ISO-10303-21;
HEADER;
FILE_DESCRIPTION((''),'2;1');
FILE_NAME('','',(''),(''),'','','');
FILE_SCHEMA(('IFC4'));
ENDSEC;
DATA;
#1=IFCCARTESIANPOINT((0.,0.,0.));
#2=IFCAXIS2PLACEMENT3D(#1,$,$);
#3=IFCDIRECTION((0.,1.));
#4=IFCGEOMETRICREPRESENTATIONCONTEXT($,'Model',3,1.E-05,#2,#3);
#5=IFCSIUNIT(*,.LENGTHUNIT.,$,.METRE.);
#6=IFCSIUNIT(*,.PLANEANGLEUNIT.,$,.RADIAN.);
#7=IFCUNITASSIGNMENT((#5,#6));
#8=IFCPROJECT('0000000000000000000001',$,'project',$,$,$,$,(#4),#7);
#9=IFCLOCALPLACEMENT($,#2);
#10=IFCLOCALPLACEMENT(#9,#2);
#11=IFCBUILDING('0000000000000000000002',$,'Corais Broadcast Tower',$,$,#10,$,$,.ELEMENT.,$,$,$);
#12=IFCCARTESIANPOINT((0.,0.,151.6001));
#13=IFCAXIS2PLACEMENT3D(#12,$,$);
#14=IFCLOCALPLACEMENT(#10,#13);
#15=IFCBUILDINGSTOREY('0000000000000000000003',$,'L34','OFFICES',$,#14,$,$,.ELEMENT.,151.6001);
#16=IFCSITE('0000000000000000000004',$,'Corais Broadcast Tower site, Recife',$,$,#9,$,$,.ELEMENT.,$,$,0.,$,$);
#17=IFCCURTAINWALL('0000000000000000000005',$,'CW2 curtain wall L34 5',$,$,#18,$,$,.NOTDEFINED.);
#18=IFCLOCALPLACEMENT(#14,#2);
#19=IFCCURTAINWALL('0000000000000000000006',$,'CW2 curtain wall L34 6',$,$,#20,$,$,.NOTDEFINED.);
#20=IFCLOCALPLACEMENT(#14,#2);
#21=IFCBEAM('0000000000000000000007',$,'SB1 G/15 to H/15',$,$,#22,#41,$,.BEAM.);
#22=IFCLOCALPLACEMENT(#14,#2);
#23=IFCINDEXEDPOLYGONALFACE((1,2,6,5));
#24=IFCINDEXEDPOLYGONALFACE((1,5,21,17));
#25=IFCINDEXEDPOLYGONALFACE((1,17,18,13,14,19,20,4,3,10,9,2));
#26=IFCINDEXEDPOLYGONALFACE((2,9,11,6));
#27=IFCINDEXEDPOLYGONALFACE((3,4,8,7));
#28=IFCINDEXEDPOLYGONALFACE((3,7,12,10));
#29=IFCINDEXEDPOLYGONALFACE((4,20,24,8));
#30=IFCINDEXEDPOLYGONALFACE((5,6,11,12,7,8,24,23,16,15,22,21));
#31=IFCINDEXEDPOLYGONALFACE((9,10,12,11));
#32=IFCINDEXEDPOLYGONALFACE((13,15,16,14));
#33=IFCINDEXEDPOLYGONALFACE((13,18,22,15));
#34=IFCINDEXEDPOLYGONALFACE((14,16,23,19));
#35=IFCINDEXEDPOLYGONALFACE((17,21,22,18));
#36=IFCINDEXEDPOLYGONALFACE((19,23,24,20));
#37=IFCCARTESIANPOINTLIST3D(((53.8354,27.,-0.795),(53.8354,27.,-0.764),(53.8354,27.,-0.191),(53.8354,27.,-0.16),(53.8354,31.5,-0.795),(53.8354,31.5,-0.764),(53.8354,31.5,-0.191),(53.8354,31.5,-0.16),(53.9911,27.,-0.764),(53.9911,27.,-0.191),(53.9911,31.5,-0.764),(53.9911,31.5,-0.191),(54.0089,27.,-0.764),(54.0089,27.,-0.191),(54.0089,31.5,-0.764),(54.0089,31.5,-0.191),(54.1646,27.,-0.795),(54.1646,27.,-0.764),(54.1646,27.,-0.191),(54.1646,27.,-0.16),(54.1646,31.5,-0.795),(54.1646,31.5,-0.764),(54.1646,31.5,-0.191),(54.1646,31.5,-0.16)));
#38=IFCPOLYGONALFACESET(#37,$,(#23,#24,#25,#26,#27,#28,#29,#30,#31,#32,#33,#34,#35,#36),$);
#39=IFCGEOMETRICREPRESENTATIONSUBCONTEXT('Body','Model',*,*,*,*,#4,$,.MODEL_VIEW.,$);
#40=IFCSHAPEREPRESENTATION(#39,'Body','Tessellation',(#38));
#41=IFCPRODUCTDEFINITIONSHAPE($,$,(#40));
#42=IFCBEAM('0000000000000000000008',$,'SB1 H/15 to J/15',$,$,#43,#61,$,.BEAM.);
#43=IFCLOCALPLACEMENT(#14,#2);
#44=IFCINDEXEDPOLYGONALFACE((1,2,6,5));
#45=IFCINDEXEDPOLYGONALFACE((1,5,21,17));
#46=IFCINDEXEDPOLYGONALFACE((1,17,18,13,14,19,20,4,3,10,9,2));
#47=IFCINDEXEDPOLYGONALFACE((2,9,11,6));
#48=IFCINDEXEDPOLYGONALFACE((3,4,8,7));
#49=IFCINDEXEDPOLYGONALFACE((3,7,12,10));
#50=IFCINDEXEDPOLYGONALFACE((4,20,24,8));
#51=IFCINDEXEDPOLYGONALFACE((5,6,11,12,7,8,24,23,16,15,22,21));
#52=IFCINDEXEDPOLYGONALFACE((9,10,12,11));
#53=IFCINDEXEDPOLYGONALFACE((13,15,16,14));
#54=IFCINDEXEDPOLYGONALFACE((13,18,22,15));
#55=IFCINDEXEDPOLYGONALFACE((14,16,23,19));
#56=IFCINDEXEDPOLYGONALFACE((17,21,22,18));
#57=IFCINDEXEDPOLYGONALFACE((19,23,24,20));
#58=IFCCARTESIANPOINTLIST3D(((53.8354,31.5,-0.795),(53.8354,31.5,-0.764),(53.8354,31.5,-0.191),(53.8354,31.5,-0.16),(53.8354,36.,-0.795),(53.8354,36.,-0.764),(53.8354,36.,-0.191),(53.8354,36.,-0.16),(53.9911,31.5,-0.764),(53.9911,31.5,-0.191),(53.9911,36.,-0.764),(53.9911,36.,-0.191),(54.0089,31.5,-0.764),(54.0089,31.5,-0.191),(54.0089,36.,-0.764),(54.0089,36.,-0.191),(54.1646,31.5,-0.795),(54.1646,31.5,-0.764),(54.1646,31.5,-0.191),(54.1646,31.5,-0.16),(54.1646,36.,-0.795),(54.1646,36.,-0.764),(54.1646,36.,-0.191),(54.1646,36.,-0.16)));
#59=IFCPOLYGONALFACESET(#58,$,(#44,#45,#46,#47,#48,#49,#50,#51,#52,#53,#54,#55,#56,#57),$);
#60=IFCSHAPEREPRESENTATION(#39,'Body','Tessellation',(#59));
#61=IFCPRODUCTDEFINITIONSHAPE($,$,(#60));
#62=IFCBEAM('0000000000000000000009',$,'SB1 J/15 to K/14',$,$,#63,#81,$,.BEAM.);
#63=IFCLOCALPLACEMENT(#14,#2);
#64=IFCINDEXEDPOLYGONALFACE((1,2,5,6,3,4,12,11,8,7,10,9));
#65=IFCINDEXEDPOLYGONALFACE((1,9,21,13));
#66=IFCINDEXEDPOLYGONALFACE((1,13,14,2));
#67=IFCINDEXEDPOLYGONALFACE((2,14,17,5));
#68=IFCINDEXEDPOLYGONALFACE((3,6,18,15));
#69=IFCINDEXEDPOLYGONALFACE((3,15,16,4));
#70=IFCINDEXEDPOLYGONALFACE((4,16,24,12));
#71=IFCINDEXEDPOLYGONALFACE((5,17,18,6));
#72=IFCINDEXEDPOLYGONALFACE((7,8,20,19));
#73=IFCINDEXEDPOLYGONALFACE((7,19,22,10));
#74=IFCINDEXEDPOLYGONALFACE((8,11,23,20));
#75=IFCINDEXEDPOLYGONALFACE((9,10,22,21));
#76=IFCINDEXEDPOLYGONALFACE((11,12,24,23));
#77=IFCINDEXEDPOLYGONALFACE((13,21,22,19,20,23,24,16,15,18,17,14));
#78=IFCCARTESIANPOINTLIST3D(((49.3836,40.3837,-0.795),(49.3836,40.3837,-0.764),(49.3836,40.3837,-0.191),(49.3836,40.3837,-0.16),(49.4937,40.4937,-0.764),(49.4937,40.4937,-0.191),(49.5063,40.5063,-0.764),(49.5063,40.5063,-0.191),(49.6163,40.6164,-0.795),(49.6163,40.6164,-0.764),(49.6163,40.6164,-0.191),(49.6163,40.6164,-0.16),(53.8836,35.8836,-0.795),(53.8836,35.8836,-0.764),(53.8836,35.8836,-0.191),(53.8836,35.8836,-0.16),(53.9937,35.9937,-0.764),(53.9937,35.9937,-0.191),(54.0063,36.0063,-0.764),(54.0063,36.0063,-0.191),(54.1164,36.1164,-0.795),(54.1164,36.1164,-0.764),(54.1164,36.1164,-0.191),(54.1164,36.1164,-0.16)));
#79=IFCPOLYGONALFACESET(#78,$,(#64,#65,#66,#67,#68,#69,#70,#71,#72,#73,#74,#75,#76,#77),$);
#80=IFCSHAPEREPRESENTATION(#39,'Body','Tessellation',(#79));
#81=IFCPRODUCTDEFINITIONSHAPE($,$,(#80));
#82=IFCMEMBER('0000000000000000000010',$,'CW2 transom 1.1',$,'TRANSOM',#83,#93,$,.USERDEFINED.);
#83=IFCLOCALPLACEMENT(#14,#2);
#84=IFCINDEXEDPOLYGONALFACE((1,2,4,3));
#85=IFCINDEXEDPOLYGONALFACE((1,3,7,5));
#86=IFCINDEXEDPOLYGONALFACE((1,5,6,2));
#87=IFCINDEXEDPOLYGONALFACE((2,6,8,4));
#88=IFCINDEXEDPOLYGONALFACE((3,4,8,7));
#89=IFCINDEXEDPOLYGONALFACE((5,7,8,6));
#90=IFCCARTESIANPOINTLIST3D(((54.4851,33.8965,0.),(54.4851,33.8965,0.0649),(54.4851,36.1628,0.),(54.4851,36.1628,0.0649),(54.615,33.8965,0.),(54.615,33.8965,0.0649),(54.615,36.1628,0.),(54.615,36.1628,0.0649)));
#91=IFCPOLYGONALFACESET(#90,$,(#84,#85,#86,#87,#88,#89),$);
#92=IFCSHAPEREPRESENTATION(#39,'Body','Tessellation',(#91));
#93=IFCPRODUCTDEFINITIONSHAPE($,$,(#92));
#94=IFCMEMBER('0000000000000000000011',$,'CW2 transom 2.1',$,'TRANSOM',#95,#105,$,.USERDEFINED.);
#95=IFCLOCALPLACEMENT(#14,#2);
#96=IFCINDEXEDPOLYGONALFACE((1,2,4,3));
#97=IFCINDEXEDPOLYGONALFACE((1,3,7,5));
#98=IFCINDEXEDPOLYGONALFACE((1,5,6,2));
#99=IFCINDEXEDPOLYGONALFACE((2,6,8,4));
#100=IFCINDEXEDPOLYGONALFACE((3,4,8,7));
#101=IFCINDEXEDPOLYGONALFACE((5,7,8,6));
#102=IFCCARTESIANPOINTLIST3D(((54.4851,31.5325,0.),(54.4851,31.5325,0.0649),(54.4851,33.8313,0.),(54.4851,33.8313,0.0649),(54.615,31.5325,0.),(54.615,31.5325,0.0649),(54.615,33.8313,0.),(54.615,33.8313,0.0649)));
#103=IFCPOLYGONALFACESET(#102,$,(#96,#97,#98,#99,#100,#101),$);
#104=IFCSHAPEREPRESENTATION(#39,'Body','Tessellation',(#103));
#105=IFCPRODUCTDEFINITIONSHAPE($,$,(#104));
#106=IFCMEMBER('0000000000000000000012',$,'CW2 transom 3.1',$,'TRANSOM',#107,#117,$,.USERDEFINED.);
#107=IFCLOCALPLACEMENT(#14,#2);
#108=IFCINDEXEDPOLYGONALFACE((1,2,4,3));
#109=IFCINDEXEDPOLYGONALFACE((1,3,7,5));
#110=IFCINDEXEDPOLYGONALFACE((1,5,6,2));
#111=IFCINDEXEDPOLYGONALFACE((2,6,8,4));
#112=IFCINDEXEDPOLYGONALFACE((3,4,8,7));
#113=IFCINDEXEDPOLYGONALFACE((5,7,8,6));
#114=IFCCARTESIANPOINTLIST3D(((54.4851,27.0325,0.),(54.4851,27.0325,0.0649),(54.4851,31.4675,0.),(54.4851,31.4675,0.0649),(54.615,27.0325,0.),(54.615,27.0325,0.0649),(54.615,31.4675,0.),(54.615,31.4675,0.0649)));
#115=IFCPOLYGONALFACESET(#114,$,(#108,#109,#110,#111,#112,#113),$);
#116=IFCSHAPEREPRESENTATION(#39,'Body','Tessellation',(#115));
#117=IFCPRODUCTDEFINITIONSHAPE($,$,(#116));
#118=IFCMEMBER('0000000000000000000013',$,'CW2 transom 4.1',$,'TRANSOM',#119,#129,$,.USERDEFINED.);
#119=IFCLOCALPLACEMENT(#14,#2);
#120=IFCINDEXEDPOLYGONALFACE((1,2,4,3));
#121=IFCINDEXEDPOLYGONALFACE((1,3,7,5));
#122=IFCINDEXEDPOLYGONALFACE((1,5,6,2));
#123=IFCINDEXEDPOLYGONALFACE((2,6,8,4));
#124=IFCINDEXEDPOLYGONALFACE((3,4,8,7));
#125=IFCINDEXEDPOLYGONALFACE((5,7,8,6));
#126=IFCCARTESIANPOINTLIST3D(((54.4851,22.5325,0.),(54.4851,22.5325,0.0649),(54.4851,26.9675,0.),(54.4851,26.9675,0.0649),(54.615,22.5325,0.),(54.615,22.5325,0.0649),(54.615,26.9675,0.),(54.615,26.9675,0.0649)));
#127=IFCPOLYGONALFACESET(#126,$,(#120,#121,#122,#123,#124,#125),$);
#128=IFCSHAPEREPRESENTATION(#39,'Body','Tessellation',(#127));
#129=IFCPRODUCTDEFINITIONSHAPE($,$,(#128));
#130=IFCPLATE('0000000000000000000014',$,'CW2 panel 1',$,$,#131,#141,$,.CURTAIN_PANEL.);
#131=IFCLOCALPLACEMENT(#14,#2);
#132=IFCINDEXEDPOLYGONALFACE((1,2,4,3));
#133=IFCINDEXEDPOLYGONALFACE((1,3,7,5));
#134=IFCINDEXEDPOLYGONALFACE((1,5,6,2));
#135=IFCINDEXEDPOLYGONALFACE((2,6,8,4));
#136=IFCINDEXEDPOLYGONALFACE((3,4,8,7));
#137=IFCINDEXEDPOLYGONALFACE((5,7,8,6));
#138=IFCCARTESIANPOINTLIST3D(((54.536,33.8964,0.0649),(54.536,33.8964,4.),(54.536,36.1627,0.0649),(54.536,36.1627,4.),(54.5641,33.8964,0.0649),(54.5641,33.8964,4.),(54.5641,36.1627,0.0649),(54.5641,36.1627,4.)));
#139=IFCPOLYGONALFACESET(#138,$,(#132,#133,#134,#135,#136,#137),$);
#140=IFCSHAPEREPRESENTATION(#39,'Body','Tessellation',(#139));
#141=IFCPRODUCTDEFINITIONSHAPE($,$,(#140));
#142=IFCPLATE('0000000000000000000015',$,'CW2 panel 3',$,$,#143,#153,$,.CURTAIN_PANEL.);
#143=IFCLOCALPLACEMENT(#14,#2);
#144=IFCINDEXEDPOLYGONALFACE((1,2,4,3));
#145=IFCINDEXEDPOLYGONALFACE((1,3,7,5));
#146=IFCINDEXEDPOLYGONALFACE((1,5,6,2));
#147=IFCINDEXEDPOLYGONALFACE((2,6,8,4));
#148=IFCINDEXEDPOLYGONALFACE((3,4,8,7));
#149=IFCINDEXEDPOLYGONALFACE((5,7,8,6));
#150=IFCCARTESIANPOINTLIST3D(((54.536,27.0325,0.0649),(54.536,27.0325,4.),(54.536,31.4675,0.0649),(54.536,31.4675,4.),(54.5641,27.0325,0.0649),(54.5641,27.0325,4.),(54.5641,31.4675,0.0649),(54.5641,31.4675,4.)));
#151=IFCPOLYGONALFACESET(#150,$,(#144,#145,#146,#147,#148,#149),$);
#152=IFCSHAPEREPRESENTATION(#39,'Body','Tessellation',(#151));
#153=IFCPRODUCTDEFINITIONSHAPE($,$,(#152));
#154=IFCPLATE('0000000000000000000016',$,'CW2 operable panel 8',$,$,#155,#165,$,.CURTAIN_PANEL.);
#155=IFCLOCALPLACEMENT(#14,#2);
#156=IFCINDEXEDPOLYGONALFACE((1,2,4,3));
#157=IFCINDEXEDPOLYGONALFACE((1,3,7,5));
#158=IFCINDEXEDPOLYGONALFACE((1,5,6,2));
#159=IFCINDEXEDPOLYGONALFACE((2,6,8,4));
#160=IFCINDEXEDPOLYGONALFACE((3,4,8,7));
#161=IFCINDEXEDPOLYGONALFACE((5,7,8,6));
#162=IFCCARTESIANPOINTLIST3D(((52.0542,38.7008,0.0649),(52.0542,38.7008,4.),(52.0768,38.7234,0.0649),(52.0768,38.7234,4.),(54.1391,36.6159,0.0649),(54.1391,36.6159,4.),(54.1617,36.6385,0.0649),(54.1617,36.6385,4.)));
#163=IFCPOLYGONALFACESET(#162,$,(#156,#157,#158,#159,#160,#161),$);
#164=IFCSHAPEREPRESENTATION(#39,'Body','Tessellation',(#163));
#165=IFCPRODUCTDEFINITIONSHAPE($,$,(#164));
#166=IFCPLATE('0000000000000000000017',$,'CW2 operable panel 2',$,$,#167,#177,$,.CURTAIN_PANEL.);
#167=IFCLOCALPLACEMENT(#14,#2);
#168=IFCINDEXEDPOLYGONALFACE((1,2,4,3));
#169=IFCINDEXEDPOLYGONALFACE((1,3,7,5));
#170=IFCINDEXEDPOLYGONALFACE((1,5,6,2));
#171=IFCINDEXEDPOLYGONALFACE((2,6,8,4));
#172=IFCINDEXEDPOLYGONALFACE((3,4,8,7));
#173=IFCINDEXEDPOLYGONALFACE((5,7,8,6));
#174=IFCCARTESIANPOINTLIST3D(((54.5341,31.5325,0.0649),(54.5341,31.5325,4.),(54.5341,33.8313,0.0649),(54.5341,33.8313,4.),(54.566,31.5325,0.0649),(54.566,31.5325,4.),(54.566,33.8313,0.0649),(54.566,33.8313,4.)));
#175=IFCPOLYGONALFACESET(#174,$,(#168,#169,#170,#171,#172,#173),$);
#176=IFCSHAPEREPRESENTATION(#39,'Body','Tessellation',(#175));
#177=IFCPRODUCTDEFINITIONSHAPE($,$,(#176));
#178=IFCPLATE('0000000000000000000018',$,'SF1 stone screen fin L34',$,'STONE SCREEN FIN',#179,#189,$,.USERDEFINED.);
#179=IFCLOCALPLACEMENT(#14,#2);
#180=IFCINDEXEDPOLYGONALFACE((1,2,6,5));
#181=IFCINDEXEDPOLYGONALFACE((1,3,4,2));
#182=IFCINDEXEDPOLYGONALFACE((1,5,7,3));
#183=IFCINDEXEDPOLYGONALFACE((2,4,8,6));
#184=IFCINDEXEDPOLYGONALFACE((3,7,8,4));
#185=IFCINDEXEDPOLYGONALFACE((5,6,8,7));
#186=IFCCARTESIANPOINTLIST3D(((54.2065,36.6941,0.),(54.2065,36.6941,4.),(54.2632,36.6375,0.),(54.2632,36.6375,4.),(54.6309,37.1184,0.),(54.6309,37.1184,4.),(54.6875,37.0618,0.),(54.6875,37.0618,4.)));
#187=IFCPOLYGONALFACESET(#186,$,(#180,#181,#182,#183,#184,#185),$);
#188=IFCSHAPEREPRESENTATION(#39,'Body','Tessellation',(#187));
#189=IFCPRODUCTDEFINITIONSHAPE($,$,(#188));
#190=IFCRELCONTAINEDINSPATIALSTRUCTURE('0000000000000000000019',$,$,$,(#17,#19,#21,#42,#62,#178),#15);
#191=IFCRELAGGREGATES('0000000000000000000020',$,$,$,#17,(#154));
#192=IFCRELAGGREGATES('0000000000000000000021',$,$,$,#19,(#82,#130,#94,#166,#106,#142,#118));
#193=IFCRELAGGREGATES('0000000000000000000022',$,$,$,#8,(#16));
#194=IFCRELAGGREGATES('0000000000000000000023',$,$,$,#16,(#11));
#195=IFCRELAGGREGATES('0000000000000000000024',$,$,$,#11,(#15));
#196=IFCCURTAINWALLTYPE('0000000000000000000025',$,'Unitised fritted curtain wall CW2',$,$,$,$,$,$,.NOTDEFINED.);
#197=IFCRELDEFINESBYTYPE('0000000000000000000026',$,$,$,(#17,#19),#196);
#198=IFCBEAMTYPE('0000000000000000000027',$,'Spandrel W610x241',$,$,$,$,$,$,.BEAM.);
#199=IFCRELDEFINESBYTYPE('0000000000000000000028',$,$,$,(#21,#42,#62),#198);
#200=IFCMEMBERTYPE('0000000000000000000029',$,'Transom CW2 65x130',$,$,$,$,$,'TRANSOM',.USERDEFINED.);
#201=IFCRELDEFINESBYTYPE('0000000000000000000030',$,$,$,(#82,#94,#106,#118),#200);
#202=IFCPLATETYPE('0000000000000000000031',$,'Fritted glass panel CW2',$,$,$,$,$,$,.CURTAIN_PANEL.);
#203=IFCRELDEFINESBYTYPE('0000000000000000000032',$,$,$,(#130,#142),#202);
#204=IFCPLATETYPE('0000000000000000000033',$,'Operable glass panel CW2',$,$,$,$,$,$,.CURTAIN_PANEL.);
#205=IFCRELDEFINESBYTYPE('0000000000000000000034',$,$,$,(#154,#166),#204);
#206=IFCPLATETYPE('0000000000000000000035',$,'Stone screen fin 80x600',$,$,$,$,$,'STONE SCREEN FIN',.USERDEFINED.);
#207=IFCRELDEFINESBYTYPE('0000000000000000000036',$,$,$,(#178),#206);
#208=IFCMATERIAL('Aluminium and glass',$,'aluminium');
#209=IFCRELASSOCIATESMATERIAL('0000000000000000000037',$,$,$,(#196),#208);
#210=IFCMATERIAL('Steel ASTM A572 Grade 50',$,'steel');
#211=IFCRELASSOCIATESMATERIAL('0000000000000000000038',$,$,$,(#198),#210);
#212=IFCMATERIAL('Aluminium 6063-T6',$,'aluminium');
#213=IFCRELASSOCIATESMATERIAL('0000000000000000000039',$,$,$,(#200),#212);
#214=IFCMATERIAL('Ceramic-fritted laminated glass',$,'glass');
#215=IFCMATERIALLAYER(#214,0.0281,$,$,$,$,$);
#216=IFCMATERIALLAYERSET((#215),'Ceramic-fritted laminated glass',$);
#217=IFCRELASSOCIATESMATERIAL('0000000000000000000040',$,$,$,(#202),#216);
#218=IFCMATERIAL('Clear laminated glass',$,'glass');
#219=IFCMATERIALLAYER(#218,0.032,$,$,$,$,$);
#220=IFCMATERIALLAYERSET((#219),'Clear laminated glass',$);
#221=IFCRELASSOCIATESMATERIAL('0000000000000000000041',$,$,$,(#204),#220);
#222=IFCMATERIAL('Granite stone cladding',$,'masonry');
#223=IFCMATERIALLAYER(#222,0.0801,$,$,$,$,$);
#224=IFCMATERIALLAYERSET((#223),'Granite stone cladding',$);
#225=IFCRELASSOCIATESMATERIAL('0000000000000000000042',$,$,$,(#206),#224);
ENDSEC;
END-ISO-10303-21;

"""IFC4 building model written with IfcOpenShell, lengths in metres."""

from ifc_helpers import new_model, si_unit, direction, frame, origin, origin_2d, place, context, subcontext, project, spatial, rectangle, i_section, extrude, material, layer, layer_set, material_profile, profile_set, type_object, element, aggregate, save


model = new_model("IFC4")

# Units and contexts
model_context = context("Model", 3, precision=1e-05, world=origin(), true_north=direction((0.0, 1.0)))
body_context = subcontext(model_context, "Body", "Model", "MODEL_VIEW")
ifc_project = project(units=[si_unit("LENGTHUNIT", "METRE"), si_unit("PLANEANGLEUNIT", "RADIAN")], contexts=[model_context])

# Site, building, storey
site_placement = place(None, origin())
site = spatial("IfcSite", under=ifc_project, at=site_placement, Name="Corais Broadcast Tower site, Recife", CompositionType="ELEMENT", RefElevation=0.0)
building_placement = place(site_placement, origin())
building = spatial("IfcBuilding", under=site, at=building_placement, Name="Corais Broadcast Tower", CompositionType="ELEMENT")
storey_placement = place(building_placement, frame((0.0, 0.0, 151.6001)))
storey = spatial("IfcBuildingStorey", under=building, at=storey_placement, Name="L34", Description="OFFICES", CompositionType="ELEMENT", Elevation=151.6001)

# Curtain wall
ifc_material_1 = material(Name="Aluminium and glass", Category="aluminium")
curtain_wall_type = type_object("IfcCurtainWallType", Name="Unitised fritted curtain wall CW2", PredefinedType="NOTDEFINED", material=ifc_material_1)
curtain_wall_1_placement = place(storey_placement, origin())
curtain_wall_1 = element("IfcCurtainWall", 1, at=curtain_wall_1_placement, inside=storey, type_object=curtain_wall_type, Name="CW2 curtain wall L34 5", PredefinedType="NOTDEFINED")

# Curtain wall
curtain_wall_2_placement = place(storey_placement, origin())
curtain_wall_2 = element("IfcCurtainWall", 2, at=curtain_wall_2_placement, inside=storey, type_object=curtain_wall_type, Name="CW2 curtain wall L34 6", PredefinedType="NOTDEFINED")

# Beams
ifc_material_2 = material(Name="Steel ASTM A572 Grade 50", Category="steel")
ifc_material_profile_1 = material_profile(ifc_material_2, i_section(OverallWidth=0.3291, OverallDepth=0.635, WebThickness=0.0178, FlangeThickness=0.031, at=origin_2d()), Name="W610x241")
ifc_profile_set_1 = profile_set([ifc_material_profile_1], Name="Steel ASTM A572 Grade 50")
beam_type_1 = type_object("IfcBeamType", Name="Spandrel W610x241", PredefinedType="BEAM", material=ifc_profile_set_1)
for number, where, z_axis, x_axis, name in (
    (3, (54.0, 27.0, -0.4775), (0.0, 1.0, 0.0), (-1.0, 0.0, 0.0), "SB1 G/15 to H/15"),
    (4, (54.0, 31.5, -0.4775), (0.0, 1.0, 0.0), (-1.0, 0.0, 0.0), "SB1 H/15 to J/15"),
):
    element("IfcBeam", number, at=place(storey_placement, frame(where, z_axis=z_axis, x_axis=x_axis)), inside=storey, type_object=beam_type_1, Name=name, PredefinedType="BEAM", context=body_context, shape_type="SweptSolid", body=[
        extrude(i_section(OverallWidth=0.3291, OverallDepth=0.635, WebThickness=0.0178, FlangeThickness=0.031, at=origin_2d()), origin(), (0.0, 0.0, 1.0), 4.5),
    ])
beam_placement = place(storey_placement, frame((54.0, 36.0, -0.4775), z_axis=(-0.707107, 0.707107, 0.0), x_axis=(-0.707107, -0.707107, 0.0)))
element("IfcBeam", 5, at=beam_placement, inside=storey, type_object=beam_type_1, Name="SB1 J/15 to K/14", PredefinedType="BEAM", context=body_context, shape_type="SweptSolid", body=[
    extrude(i_section(OverallWidth=0.3291, OverallDepth=0.635, WebThickness=0.0178, FlangeThickness=0.031, at=origin_2d()), origin(), (0.0, 0.0, 1.0), 6.364),
])

# Members
ifc_material_3 = material(Name="Aluminium 6063-T6", Category="aluminium")
ifc_material_profile_2 = material_profile(ifc_material_3, rectangle(XDim=0.1299, YDim=0.0649, at=origin_2d()), Name="Transom CW2 65x130")
ifc_profile_set_2 = profile_set([ifc_material_profile_2], Name="Aluminium 6063-T6")
member_type_1 = type_object("IfcMemberType", Name="Transom CW2 65x130", ElementType="TRANSOM", PredefinedType="USERDEFINED", material=ifc_profile_set_2)
member_1_placement = place(storey_placement, frame((54.55, 36.1628, 0.0325), z_axis=(0.0, -1.0, 0.0), x_axis=(1.0, 0.0, 0.0)))
member_1 = element("IfcMember", 6, at=member_1_placement, type_object=member_type_1, Name="CW2 transom 1.1", ObjectType="TRANSOM", PredefinedType="USERDEFINED", context=body_context, shape_type="SweptSolid", body=[
    extrude(rectangle(XDim=0.1299, YDim=0.0649, at=origin_2d()), origin(), (0.0, 0.0, 1.0), 2.2664),
])
member_2_placement = place(storey_placement, frame((54.55, 33.8313, 0.0325), z_axis=(0.0, -1.0, 0.0), x_axis=(1.0, 0.0, 0.0)))
member_2 = element("IfcMember", 7, at=member_2_placement, type_object=member_type_1, Name="CW2 transom 2.1", ObjectType="TRANSOM", PredefinedType="USERDEFINED", context=body_context, shape_type="SweptSolid", body=[
    extrude(rectangle(XDim=0.1299, YDim=0.0649, at=origin_2d()), origin(), (0.0, 0.0, 1.0), 2.2988),
])
member_3_placement = place(storey_placement, frame((54.55, 31.4675, 0.0325), z_axis=(0.0, -1.0, 0.0), x_axis=(1.0, 0.0, 0.0)))
member_3 = element("IfcMember", 8, at=member_3_placement, type_object=member_type_1, Name="CW2 transom 3.1", ObjectType="TRANSOM", PredefinedType="USERDEFINED", context=body_context, shape_type="SweptSolid", body=[
    extrude(rectangle(XDim=0.1299, YDim=0.0649, at=origin_2d()), origin(), (0.0, 0.0, 1.0), 4.4351),
])
member_4_placement = place(storey_placement, frame((54.55, 26.9675, 0.0325), z_axis=(0.0, -1.0, 0.0), x_axis=(1.0, 0.0, 0.0)))
member_4 = element("IfcMember", 9, at=member_4_placement, type_object=member_type_1, Name="CW2 transom 4.1", ObjectType="TRANSOM", PredefinedType="USERDEFINED", context=body_context, shape_type="SweptSolid", body=[
    extrude(rectangle(XDim=0.1299, YDim=0.0649, at=origin_2d()), origin(), (0.0, 0.0, 1.0), 4.4351),
])

# Plates
ifc_material_4 = material(Name="Ceramic-fritted laminated glass", Category="glass")
ifc_layer_1 = layer(ifc_material_4, 0.0281)
ifc_layer_set_1 = layer_set([ifc_layer_1], Name="Ceramic-fritted laminated glass")
plate_type_1 = type_object("IfcPlateType", Name="Fritted glass panel CW2", PredefinedType="CURTAIN_PANEL", material=ifc_layer_set_1)
plate_1_placement = place(storey_placement, frame((54.55, 35.0295, 0.0649), z_axis=(0.0, 0.0, 1.0), x_axis=(0.0, -1.0, 0.0)))
plate_1 = element("IfcPlate", 10, at=plate_1_placement, type_object=plate_type_1, Name="CW2 panel 1", PredefinedType="CURTAIN_PANEL", context=body_context, shape_type="SweptSolid", body=[
    extrude(rectangle(XDim=2.2664, YDim=0.0281, at=origin_2d()), origin(), (0.0, 0.0, 1.0), 3.9351),
])
plate_2_placement = place(storey_placement, frame((54.55, 29.25, 0.0649), z_axis=(0.0, 0.0, 1.0), x_axis=(0.0, -1.0, 0.0)))
plate_2 = element("IfcPlate", 11, at=plate_2_placement, type_object=plate_type_1, Name="CW2 panel 3", PredefinedType="CURTAIN_PANEL", context=body_context, shape_type="SweptSolid", body=[
    extrude(rectangle(XDim=4.4351, YDim=0.0281, at=origin_2d()), origin(), (0.0, 0.0, 1.0), 3.9351),
])
ifc_material_5 = material(Name="Clear laminated glass", Category="glass")
ifc_layer_2 = layer(ifc_material_5, 0.032)
ifc_layer_set_2 = layer_set([ifc_layer_2], Name="Clear laminated glass")
plate_type_2 = type_object("IfcPlateType", Name="Operable glass panel CW2", PredefinedType="CURTAIN_PANEL", material=ifc_layer_set_2)
plate_3_placement = place(storey_placement, frame((53.1079, 37.6697, 0.0649), z_axis=(0.0, 0.0, 1.0), x_axis=(0.707107, -0.707107, 0.0)))
plate_3 = element("IfcPlate", 12, at=plate_3_placement, type_object=plate_type_2, Name="CW2 operable panel 8", PredefinedType="CURTAIN_PANEL", context=body_context, shape_type="SweptSolid", body=[
    extrude(rectangle(XDim=2.9485, YDim=0.032, at=origin_2d()), origin(), (0.0, 0.0, 1.0), 3.9351),
])
aggregate(curtain_wall_1, [plate_3])
plate_4_placement = place(storey_placement, frame((54.55, 32.6819, 0.0649), z_axis=(0.0, 0.0, 1.0), x_axis=(0.0, -1.0, 0.0)))
plate_4 = element("IfcPlate", 13, at=plate_4_placement, type_object=plate_type_2, Name="CW2 operable panel 2", PredefinedType="CURTAIN_PANEL", context=body_context, shape_type="SweptSolid", body=[
    extrude(rectangle(XDim=2.2988, YDim=0.032, at=origin_2d()), origin(), (0.0, 0.0, 1.0), 3.9351),
])
aggregate(curtain_wall_2, [member_1, plate_1, member_2, plate_4, member_3, plate_2, member_4])
ifc_material_6 = material(Name="Granite stone cladding", Category="masonry")
ifc_layer_3 = layer(ifc_material_6, 0.0801)
ifc_layer_set_3 = layer_set([ifc_layer_3], Name="Granite stone cladding")
plate_type_3 = type_object("IfcPlateType", Name="Stone screen fin 80x600", ElementType="STONE SCREEN FIN", PredefinedType="USERDEFINED", material=ifc_layer_set_3)
plate_5_placement = place(storey_placement, frame((54.447, 36.8779, 0.0), z_axis=(0.0, 0.0, 1.0), x_axis=(0.707107, -0.707107, 0.0)))
element("IfcPlate", 14, at=plate_5_placement, inside=storey, type_object=plate_type_3, Name="SF1 stone screen fin L34", ObjectType="STONE SCREEN FIN", PredefinedType="USERDEFINED", context=body_context, shape_type="SweptSolid", body=[
    extrude(rectangle(XDim=0.0801, YDim=0.6001, at=origin_2d()), origin(), (0.0, 0.0, 1.0), 4.0),
])

save(model, "model.ifc")
